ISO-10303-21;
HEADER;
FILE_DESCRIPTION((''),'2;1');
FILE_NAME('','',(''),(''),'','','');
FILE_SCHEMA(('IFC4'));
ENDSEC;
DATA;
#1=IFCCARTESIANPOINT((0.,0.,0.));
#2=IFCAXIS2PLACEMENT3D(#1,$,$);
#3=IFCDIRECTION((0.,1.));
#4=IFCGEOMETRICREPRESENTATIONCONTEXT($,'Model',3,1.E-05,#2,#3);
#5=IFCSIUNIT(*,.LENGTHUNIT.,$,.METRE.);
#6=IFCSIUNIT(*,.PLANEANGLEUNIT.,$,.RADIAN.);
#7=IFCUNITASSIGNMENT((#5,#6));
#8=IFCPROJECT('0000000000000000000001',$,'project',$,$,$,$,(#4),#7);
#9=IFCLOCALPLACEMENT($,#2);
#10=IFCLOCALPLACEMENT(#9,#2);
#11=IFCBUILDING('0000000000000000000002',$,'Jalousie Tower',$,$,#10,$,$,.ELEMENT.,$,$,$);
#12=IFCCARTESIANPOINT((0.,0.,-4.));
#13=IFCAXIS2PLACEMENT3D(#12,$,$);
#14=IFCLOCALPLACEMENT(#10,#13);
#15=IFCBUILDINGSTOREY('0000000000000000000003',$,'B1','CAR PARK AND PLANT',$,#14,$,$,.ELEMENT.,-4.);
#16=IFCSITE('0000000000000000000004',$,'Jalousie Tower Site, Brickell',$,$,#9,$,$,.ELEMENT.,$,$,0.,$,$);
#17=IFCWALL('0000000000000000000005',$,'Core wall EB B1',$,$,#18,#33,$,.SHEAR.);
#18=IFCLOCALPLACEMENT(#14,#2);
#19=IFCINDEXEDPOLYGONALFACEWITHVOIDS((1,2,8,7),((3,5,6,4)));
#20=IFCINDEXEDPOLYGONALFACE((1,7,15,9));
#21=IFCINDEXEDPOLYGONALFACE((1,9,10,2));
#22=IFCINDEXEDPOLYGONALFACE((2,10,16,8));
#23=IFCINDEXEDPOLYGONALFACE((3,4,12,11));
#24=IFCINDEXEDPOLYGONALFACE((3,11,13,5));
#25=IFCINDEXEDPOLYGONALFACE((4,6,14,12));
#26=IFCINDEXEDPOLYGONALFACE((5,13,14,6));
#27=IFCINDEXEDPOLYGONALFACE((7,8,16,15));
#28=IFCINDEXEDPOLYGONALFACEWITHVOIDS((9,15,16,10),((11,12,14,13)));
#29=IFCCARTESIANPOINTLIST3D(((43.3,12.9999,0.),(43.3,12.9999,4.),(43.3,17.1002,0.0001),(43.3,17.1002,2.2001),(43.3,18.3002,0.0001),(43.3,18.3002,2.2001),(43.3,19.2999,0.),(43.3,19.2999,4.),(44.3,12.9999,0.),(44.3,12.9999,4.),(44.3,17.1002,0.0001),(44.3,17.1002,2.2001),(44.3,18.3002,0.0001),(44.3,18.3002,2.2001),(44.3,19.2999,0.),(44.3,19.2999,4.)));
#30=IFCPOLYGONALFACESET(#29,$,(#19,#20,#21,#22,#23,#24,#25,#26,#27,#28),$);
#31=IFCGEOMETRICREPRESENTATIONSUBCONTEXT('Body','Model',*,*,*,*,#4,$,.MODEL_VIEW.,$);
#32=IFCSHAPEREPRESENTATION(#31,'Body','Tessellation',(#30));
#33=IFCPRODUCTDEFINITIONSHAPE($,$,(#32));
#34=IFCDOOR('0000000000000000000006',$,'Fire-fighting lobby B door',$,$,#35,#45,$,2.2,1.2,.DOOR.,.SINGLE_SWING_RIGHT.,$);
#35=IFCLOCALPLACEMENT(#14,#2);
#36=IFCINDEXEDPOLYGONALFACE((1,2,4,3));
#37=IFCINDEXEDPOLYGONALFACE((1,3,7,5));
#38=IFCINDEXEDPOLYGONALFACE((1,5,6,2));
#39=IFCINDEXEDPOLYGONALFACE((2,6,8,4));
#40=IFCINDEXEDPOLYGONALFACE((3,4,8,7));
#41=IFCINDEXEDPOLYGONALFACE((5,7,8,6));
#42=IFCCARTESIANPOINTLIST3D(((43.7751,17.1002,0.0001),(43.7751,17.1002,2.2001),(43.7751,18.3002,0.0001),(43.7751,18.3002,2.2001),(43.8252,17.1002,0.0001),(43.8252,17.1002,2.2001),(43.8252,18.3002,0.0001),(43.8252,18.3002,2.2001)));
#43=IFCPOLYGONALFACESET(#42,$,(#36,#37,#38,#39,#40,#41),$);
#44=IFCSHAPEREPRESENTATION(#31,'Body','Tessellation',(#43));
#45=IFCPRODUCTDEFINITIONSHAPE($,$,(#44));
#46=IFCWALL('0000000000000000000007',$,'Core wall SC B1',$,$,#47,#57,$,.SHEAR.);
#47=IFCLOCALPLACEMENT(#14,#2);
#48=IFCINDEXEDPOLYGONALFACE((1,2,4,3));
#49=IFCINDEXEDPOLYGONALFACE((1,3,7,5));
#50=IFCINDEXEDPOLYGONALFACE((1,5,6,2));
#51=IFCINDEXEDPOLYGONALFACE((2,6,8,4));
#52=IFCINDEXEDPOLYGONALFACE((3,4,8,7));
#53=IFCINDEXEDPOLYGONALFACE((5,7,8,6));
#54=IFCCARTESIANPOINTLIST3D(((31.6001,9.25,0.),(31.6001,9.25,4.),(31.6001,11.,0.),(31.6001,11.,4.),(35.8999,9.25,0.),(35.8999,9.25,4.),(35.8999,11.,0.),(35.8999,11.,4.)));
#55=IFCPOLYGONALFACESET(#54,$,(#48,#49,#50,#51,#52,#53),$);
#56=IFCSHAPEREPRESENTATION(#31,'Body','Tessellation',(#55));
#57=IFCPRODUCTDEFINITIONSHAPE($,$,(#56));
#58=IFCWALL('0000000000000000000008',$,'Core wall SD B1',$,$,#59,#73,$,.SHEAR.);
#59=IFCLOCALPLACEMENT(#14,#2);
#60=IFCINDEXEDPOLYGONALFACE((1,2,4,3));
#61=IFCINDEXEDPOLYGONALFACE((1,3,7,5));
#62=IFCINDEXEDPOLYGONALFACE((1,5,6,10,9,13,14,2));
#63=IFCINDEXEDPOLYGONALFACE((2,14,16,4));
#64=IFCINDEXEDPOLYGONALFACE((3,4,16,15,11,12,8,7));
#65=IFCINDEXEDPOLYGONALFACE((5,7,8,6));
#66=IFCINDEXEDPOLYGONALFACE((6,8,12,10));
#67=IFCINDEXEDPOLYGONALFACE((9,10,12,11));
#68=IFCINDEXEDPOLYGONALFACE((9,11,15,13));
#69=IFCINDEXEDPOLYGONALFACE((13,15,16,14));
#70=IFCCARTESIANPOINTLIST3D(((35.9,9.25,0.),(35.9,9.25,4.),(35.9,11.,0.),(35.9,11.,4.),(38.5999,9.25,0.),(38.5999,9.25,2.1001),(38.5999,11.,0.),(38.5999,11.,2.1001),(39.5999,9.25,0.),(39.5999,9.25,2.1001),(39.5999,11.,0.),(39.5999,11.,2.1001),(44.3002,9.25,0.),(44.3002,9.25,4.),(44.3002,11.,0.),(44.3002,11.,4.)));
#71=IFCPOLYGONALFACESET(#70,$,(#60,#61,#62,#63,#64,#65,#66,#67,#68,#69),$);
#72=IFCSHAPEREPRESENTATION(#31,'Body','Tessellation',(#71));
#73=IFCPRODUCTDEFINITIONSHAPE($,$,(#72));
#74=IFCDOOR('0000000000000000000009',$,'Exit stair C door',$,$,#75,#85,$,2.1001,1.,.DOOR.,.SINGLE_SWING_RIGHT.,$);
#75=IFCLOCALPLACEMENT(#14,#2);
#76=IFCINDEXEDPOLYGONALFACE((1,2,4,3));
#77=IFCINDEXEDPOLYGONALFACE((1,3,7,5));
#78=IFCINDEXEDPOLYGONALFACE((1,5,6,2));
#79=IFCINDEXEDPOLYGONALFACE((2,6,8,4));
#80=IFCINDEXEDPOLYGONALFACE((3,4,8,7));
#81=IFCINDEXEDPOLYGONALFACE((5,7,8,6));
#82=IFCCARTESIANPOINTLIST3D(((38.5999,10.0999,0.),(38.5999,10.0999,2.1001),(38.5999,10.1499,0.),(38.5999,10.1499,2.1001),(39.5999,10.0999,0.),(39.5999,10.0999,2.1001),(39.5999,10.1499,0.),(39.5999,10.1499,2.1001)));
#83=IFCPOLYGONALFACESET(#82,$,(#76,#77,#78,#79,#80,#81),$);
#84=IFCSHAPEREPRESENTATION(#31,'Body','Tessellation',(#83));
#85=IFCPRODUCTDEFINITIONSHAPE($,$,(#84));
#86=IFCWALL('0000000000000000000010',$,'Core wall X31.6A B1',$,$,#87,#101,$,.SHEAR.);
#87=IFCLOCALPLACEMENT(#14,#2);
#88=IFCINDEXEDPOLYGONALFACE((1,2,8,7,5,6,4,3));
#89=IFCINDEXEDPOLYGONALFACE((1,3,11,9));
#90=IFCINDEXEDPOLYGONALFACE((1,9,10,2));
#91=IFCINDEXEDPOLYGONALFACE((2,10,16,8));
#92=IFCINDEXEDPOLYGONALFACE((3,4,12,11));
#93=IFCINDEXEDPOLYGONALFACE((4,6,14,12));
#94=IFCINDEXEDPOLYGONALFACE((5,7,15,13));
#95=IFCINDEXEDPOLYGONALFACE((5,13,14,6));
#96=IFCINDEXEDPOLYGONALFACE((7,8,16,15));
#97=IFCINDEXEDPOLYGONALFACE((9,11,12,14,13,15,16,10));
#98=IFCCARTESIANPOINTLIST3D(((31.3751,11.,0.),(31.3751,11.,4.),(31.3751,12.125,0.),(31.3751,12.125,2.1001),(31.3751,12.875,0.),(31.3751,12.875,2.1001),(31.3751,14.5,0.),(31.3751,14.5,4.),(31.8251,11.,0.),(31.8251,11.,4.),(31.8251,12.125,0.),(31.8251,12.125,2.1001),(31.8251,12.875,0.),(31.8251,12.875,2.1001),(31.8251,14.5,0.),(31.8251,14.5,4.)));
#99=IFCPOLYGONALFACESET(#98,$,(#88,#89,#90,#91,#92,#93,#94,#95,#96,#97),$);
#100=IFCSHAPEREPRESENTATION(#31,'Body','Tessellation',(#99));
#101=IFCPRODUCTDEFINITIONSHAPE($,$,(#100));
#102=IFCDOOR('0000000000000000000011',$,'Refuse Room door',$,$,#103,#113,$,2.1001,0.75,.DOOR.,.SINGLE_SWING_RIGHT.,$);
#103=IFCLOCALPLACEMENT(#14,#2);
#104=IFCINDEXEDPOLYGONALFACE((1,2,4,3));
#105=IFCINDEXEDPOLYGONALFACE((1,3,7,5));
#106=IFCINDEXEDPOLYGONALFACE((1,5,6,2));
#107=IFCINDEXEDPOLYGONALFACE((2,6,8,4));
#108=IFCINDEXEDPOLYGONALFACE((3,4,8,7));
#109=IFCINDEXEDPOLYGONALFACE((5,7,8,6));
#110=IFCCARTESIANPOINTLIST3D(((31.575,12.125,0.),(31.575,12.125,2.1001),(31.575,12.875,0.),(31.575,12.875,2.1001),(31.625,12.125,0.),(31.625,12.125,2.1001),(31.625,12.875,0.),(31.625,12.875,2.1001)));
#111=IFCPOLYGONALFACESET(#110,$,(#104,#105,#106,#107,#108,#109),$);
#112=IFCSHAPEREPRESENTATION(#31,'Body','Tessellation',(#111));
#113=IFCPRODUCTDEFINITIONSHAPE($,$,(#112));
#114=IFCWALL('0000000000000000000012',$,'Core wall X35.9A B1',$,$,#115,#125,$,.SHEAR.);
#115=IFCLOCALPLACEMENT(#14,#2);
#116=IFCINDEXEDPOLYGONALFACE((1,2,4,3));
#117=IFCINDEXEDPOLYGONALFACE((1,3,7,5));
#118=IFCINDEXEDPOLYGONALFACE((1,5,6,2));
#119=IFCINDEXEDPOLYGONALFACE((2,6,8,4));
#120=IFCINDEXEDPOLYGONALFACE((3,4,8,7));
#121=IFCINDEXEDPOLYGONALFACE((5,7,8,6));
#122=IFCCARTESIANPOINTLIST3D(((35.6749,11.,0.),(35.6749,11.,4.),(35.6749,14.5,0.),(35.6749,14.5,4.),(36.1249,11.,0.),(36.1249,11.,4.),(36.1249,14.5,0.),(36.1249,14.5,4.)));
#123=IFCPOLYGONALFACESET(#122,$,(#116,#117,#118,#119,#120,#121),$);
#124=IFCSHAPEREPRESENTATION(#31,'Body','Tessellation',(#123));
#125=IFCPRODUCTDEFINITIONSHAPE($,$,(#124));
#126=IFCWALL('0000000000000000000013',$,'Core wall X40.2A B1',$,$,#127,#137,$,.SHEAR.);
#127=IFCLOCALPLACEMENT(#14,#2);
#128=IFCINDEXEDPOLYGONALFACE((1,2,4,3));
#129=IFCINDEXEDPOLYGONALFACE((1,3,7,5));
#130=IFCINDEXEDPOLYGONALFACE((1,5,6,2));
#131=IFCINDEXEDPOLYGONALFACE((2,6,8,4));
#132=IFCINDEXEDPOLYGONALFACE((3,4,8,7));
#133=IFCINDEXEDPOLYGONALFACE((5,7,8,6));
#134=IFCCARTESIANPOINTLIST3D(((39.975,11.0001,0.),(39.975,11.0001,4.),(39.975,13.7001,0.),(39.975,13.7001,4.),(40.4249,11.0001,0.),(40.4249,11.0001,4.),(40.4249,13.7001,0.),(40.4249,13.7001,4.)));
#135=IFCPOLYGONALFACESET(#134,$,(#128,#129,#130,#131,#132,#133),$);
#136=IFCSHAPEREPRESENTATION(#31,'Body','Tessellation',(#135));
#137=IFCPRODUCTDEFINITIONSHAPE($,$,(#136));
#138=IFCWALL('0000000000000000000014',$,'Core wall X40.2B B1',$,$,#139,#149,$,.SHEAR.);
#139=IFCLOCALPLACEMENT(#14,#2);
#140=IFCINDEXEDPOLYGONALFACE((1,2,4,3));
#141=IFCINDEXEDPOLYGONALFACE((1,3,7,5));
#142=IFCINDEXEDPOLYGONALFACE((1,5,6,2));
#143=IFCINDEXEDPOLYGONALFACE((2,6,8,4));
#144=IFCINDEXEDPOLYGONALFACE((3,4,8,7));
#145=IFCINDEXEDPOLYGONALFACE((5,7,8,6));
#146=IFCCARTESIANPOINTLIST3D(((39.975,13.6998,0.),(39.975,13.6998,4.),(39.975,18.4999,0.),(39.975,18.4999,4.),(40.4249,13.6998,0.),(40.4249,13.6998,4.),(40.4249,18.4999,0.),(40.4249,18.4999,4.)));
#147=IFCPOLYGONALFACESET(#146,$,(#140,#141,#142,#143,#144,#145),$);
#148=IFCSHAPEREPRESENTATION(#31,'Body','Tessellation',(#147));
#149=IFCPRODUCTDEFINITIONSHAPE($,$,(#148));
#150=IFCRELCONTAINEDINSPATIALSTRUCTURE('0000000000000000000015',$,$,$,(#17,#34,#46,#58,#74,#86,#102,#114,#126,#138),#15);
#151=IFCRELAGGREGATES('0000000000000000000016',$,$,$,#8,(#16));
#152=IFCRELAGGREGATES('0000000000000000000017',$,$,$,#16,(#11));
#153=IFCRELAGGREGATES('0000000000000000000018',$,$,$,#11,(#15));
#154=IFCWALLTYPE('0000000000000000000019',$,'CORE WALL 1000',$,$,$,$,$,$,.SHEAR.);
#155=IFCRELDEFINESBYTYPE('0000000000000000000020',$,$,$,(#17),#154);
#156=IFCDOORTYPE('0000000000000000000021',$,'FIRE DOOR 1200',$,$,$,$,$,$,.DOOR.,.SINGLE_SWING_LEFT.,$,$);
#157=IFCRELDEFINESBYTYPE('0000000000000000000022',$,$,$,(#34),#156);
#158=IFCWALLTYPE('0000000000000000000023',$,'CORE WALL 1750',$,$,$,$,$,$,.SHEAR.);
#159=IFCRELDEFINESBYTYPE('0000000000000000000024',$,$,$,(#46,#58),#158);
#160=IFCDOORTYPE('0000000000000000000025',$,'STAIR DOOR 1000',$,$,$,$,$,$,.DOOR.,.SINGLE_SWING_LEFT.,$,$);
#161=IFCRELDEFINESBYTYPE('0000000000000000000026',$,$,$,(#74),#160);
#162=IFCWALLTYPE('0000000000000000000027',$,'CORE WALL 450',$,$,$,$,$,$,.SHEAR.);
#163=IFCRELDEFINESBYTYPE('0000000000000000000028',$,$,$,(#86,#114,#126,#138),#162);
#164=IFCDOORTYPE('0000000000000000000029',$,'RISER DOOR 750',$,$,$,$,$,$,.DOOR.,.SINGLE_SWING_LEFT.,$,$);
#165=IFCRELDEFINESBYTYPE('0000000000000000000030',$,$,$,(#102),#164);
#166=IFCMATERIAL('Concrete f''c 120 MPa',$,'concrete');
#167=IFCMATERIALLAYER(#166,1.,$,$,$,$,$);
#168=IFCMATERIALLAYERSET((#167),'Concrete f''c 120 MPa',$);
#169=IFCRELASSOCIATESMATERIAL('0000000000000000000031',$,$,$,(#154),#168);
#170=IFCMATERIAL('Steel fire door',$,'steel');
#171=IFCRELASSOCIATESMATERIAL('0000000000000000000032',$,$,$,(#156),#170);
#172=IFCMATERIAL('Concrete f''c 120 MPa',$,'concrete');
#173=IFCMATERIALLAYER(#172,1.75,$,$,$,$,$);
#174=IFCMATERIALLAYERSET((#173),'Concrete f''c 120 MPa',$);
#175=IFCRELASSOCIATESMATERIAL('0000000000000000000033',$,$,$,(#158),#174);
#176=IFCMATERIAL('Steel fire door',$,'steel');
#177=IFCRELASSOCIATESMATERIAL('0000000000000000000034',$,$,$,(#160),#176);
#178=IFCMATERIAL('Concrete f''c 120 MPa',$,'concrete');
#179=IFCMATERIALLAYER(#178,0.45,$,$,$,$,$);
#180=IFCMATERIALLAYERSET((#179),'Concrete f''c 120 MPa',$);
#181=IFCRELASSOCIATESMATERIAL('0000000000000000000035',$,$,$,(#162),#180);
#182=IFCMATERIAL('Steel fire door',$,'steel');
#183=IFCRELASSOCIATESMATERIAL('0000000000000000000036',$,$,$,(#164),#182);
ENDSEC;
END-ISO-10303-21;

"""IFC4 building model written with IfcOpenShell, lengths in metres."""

from ifc_helpers import new_model, si_unit, direction, frame, frame_2d, origin, place, context, subcontext, project, spatial, rectangle, extrude, material, layer, layer_set, type_object, element, fill, save


model = new_model("IFC4")

# Units and contexts
model_context = context("Model", 3, precision=1e-05, world=origin(), true_north=direction((0.0, 1.0)))
body_context = subcontext(model_context, "Body", "Model", "MODEL_VIEW")
ifc_project = project(units=[si_unit("LENGTHUNIT", "METRE"), si_unit("PLANEANGLEUNIT", "RADIAN")], contexts=[model_context])

# Site, building, storey
site_placement = place(None, origin())
site = spatial("IfcSite", under=ifc_project, at=site_placement, Name="Jalousie Tower Site, Brickell", CompositionType="ELEMENT", RefElevation=0.0)
building_placement = place(site_placement, origin())
building = spatial("IfcBuilding", under=site, at=building_placement, Name="Jalousie Tower", CompositionType="ELEMENT")
storey_placement = place(building_placement, frame((0.0, 0.0, -4.0)))
storey = spatial("IfcBuildingStorey", under=building, at=storey_placement, Name="B1", Description="CAR PARK AND PLANT", CompositionType="ELEMENT", Elevation=-4.0)

# Shared definitions
ifc_material_1 = material(Name="Concrete f'c 120 MPa", Category="concrete")
ifc_layer_1 = layer(ifc_material_1, 1.0)
ifc_layer_set_1 = layer_set([ifc_layer_1], Name="Concrete f'c 120 MPa")
wall_type_1 = type_object("IfcWallType", Name="CORE WALL 1000", PredefinedType="SHEAR", material=ifc_layer_set_1)

# Wall, opening, door
wall_1_placement = place(storey_placement, frame((43.8, 13.0, 0.0), z_axis=(0.0, 0.0, 1.0), x_axis=(0.0, 1.0, 0.0)))
wall_1 = element("IfcWall", 1, at=wall_1_placement, inside=storey, type_object=wall_type_1, Name="Core wall EB B1", PredefinedType="SHEAR", context=body_context, shape_type="SweptSolid", body=[
    extrude(rectangle(XDim=6.3, YDim=1.0, at=frame_2d((3.1499, 0.0))), origin(), (0.0, 0.0, 1.0), 4.0),
])
opening_1_placement = place(wall_1_placement, frame((4.1001, 0.0, 0.0)))
opening_1 = element("IfcOpeningElement", 2, at=opening_1_placement, cuts=wall_1, PredefinedType="OPENING", context=body_context, shape_type="SweptSolid", body=[
    extrude(rectangle(XDim=1.2, YDim=2.2, at=frame_2d((0.6001, 1.1001))), frame((0.0, 0.51, 0.0), z_axis=(0.0, -1.0, 0.0), x_axis=(1.0, 0.0, 0.0)), (0.0, 0.0, 1.0), 1.02),
])
ifc_material_2 = material(Name="Steel fire door", Category="steel")
door_type_1 = type_object("IfcDoorType", Name="FIRE DOOR 1200", OperationType="SINGLE_SWING_LEFT", PredefinedType="DOOR", material=ifc_material_2)
door_1_placement = place(opening_1_placement, origin())
door_1 = element("IfcDoor", 3, at=door_1_placement, inside=storey, type_object=door_type_1, Name="Fire-fighting lobby B door", OperationType="SINGLE_SWING_RIGHT", OverallHeight=2.2, OverallWidth=1.2, PredefinedType="DOOR", context=body_context, shape_type="SweptSolid", body=[
    extrude(rectangle(XDim=1.2, YDim=2.2, at=frame_2d((0.6001, 1.1001))), frame((0.0, 0.0249, 0.0), z_axis=(0.0, -1.0, 0.0), x_axis=(1.0, 0.0, 0.0)), (0.0, 0.0, 1.0), 0.05),
])
fill(opening_1, door_1)

# Wall
ifc_material_3 = material(Name="Concrete f'c 120 MPa", Category="concrete")
ifc_layer_2 = layer(ifc_material_3, 1.75)
ifc_layer_set_2 = layer_set([ifc_layer_2], Name="Concrete f'c 120 MPa")
wall_type_2 = type_object("IfcWallType", Name="CORE WALL 1750", PredefinedType="SHEAR", material=ifc_layer_set_2)
wall_2_placement = place(storey_placement, frame((31.6001, 10.125, 0.0), z_axis=(0.0, 0.0, 1.0), x_axis=(1.0, 0.0, 0.0)))
element("IfcWall", 4, at=wall_2_placement, inside=storey, type_object=wall_type_2, Name="Core wall SC B1", PredefinedType="SHEAR", context=body_context, shape_type="SweptSolid", body=[
    extrude(rectangle(XDim=4.2998, YDim=1.75, at=frame_2d((2.1499, 0.0))), origin(), (0.0, 0.0, 1.0), 4.0),
])

# Walls, openings, doors
wall_3_placement = place(storey_placement, frame((35.8999, 10.125, 0.0), z_axis=(0.0, 0.0, 1.0), x_axis=(1.0, 0.0, 0.0)))
wall_3 = element("IfcWall", 5, at=wall_3_placement, inside=storey, type_object=wall_type_2, Name="Core wall SD B1", PredefinedType="SHEAR", context=body_context, shape_type="SweptSolid", body=[
    extrude(rectangle(XDim=8.4001, YDim=1.75, at=frame_2d((4.2002, 0.0))), origin(), (0.0, 0.0, 1.0), 4.0),
])
opening_2_placement = place(wall_3_placement, frame((2.7, 0.0, 0.0)))
opening_2 = element("IfcOpeningElement", 6, at=opening_2_placement, cuts=wall_3, PredefinedType="OPENING", context=body_context, shape_type="SweptSolid", body=[
    extrude(rectangle(XDim=1.0, YDim=2.1001, at=frame_2d((0.5, 1.05))), frame((0.0, 0.885, 0.0), z_axis=(0.0, -1.0, 0.0), x_axis=(1.0, 0.0, 0.0)), (0.0, 0.0, 1.0), 1.77),
])
ifc_material_4 = material(Name="Steel fire door", Category="steel")
door_type_2 = type_object("IfcDoorType", Name="STAIR DOOR 1000", OperationType="SINGLE_SWING_LEFT", PredefinedType="DOOR", material=ifc_material_4)
door_2_placement = place(opening_2_placement, origin())
door_2 = element("IfcDoor", 7, at=door_2_placement, inside=storey, type_object=door_type_2, Name="Exit stair C door", OperationType="SINGLE_SWING_RIGHT", OverallHeight=2.1001, OverallWidth=1.0, PredefinedType="DOOR", context=body_context, shape_type="SweptSolid", body=[
    extrude(rectangle(XDim=1.0, YDim=2.1001, at=frame_2d((0.5, 1.05))), frame((0.0, 0.0249, 0.0), z_axis=(0.0, -1.0, 0.0), x_axis=(1.0, 0.0, 0.0)), (0.0, 0.0, 1.0), 0.05),
])
fill(opening_2, door_2)
ifc_material_5 = material(Name="Concrete f'c 120 MPa", Category="concrete")
ifc_layer_3 = layer(ifc_material_5, 0.45)
ifc_layer_set_3 = layer_set([ifc_layer_3], Name="Concrete f'c 120 MPa")
wall_type_3 = type_object("IfcWallType", Name="CORE WALL 450", PredefinedType="SHEAR", material=ifc_layer_set_3)
wall_4_placement = place(storey_placement, frame((31.6001, 11.0, 0.0), z_axis=(0.0, 0.0, 1.0), x_axis=(0.0, 1.0, 0.0)))
wall_4 = element("IfcWall", 8, at=wall_4_placement, inside=storey, type_object=wall_type_3, Name="Core wall X31.6A B1", PredefinedType="SHEAR", context=body_context, shape_type="SweptSolid", body=[
    extrude(rectangle(XDim=3.5, YDim=0.45, at=frame_2d((1.75, 0.0))), origin(), (0.0, 0.0, 1.0), 4.0),
])
opening_3_placement = place(wall_4_placement, frame((1.125, 0.0, 0.0)))
opening_3 = element("IfcOpeningElement", 9, at=opening_3_placement, cuts=wall_4, PredefinedType="OPENING", context=body_context, shape_type="SweptSolid", body=[
    extrude(rectangle(XDim=0.75, YDim=2.1001, at=frame_2d((0.375, 1.05))), frame((0.0, 0.2349, 0.0), z_axis=(0.0, -1.0, 0.0), x_axis=(1.0, 0.0, 0.0)), (0.0, 0.0, 1.0), 0.47),
])
ifc_material_6 = material(Name="Steel fire door", Category="steel")
door_type_3 = type_object("IfcDoorType", Name="RISER DOOR 750", OperationType="SINGLE_SWING_LEFT", PredefinedType="DOOR", material=ifc_material_6)
door_3_placement = place(opening_3_placement, frame((0.75, 0.0, 0.0), z_axis=(0.0, 0.0, 1.0), x_axis=(-1.0, 0.0, 0.0)))
door_3 = element("IfcDoor", 10, at=door_3_placement, inside=storey, type_object=door_type_3, Name="Refuse Room door", OperationType="SINGLE_SWING_RIGHT", OverallHeight=2.1001, OverallWidth=0.75, PredefinedType="DOOR", context=body_context, shape_type="SweptSolid", body=[
    extrude(rectangle(XDim=0.75, YDim=2.1001, at=frame_2d((0.375, 1.05))), frame((0.0, 0.0249, 0.0), z_axis=(0.0, -1.0, 0.0), x_axis=(1.0, 0.0, 0.0)), (0.0, 0.0, 1.0), 0.05),
])
fill(opening_3, door_3)

# Walls
wall_5_placement = place(storey_placement, frame((35.8999, 11.0, 0.0), z_axis=(0.0, 0.0, 1.0), x_axis=(0.0, 1.0, 0.0)))
element("IfcWall", 11, at=wall_5_placement, inside=storey, type_object=wall_type_3, Name="Core wall X35.9A B1", PredefinedType="SHEAR", context=body_context, shape_type="SweptSolid", body=[
    extrude(rectangle(XDim=3.5, YDim=0.45, at=frame_2d((1.75, 0.0))), origin(), (0.0, 0.0, 1.0), 4.0),
])
wall_6_placement = place(storey_placement, frame((40.2, 11.0, 0.0), z_axis=(0.0, 0.0, 1.0), x_axis=(0.0, 1.0, 0.0)))
element("IfcWall", 12, at=wall_6_placement, inside=storey, type_object=wall_type_3, Name="Core wall X40.2A B1", PredefinedType="SHEAR", context=body_context, shape_type="SweptSolid", body=[
    extrude(rectangle(XDim=2.7, YDim=0.45, at=frame_2d((1.3501, 0.0))), origin(), (0.0, 0.0, 1.0), 4.0),
])
wall_7_placement = place(storey_placement, frame((40.2, 13.7, 0.0), z_axis=(0.0, 0.0, 1.0), x_axis=(0.0, 1.0, 0.0)))
element("IfcWall", 13, at=wall_7_placement, inside=storey, type_object=wall_type_3, Name="Core wall X40.2B B1", PredefinedType="SHEAR", context=body_context, shape_type="SweptSolid", body=[
    extrude(rectangle(XDim=4.8, YDim=0.45, at=frame_2d((2.3999, 0.0))), origin(), (0.0, 0.0, 1.0), 4.0),
])

save(model, "model.ifc")
